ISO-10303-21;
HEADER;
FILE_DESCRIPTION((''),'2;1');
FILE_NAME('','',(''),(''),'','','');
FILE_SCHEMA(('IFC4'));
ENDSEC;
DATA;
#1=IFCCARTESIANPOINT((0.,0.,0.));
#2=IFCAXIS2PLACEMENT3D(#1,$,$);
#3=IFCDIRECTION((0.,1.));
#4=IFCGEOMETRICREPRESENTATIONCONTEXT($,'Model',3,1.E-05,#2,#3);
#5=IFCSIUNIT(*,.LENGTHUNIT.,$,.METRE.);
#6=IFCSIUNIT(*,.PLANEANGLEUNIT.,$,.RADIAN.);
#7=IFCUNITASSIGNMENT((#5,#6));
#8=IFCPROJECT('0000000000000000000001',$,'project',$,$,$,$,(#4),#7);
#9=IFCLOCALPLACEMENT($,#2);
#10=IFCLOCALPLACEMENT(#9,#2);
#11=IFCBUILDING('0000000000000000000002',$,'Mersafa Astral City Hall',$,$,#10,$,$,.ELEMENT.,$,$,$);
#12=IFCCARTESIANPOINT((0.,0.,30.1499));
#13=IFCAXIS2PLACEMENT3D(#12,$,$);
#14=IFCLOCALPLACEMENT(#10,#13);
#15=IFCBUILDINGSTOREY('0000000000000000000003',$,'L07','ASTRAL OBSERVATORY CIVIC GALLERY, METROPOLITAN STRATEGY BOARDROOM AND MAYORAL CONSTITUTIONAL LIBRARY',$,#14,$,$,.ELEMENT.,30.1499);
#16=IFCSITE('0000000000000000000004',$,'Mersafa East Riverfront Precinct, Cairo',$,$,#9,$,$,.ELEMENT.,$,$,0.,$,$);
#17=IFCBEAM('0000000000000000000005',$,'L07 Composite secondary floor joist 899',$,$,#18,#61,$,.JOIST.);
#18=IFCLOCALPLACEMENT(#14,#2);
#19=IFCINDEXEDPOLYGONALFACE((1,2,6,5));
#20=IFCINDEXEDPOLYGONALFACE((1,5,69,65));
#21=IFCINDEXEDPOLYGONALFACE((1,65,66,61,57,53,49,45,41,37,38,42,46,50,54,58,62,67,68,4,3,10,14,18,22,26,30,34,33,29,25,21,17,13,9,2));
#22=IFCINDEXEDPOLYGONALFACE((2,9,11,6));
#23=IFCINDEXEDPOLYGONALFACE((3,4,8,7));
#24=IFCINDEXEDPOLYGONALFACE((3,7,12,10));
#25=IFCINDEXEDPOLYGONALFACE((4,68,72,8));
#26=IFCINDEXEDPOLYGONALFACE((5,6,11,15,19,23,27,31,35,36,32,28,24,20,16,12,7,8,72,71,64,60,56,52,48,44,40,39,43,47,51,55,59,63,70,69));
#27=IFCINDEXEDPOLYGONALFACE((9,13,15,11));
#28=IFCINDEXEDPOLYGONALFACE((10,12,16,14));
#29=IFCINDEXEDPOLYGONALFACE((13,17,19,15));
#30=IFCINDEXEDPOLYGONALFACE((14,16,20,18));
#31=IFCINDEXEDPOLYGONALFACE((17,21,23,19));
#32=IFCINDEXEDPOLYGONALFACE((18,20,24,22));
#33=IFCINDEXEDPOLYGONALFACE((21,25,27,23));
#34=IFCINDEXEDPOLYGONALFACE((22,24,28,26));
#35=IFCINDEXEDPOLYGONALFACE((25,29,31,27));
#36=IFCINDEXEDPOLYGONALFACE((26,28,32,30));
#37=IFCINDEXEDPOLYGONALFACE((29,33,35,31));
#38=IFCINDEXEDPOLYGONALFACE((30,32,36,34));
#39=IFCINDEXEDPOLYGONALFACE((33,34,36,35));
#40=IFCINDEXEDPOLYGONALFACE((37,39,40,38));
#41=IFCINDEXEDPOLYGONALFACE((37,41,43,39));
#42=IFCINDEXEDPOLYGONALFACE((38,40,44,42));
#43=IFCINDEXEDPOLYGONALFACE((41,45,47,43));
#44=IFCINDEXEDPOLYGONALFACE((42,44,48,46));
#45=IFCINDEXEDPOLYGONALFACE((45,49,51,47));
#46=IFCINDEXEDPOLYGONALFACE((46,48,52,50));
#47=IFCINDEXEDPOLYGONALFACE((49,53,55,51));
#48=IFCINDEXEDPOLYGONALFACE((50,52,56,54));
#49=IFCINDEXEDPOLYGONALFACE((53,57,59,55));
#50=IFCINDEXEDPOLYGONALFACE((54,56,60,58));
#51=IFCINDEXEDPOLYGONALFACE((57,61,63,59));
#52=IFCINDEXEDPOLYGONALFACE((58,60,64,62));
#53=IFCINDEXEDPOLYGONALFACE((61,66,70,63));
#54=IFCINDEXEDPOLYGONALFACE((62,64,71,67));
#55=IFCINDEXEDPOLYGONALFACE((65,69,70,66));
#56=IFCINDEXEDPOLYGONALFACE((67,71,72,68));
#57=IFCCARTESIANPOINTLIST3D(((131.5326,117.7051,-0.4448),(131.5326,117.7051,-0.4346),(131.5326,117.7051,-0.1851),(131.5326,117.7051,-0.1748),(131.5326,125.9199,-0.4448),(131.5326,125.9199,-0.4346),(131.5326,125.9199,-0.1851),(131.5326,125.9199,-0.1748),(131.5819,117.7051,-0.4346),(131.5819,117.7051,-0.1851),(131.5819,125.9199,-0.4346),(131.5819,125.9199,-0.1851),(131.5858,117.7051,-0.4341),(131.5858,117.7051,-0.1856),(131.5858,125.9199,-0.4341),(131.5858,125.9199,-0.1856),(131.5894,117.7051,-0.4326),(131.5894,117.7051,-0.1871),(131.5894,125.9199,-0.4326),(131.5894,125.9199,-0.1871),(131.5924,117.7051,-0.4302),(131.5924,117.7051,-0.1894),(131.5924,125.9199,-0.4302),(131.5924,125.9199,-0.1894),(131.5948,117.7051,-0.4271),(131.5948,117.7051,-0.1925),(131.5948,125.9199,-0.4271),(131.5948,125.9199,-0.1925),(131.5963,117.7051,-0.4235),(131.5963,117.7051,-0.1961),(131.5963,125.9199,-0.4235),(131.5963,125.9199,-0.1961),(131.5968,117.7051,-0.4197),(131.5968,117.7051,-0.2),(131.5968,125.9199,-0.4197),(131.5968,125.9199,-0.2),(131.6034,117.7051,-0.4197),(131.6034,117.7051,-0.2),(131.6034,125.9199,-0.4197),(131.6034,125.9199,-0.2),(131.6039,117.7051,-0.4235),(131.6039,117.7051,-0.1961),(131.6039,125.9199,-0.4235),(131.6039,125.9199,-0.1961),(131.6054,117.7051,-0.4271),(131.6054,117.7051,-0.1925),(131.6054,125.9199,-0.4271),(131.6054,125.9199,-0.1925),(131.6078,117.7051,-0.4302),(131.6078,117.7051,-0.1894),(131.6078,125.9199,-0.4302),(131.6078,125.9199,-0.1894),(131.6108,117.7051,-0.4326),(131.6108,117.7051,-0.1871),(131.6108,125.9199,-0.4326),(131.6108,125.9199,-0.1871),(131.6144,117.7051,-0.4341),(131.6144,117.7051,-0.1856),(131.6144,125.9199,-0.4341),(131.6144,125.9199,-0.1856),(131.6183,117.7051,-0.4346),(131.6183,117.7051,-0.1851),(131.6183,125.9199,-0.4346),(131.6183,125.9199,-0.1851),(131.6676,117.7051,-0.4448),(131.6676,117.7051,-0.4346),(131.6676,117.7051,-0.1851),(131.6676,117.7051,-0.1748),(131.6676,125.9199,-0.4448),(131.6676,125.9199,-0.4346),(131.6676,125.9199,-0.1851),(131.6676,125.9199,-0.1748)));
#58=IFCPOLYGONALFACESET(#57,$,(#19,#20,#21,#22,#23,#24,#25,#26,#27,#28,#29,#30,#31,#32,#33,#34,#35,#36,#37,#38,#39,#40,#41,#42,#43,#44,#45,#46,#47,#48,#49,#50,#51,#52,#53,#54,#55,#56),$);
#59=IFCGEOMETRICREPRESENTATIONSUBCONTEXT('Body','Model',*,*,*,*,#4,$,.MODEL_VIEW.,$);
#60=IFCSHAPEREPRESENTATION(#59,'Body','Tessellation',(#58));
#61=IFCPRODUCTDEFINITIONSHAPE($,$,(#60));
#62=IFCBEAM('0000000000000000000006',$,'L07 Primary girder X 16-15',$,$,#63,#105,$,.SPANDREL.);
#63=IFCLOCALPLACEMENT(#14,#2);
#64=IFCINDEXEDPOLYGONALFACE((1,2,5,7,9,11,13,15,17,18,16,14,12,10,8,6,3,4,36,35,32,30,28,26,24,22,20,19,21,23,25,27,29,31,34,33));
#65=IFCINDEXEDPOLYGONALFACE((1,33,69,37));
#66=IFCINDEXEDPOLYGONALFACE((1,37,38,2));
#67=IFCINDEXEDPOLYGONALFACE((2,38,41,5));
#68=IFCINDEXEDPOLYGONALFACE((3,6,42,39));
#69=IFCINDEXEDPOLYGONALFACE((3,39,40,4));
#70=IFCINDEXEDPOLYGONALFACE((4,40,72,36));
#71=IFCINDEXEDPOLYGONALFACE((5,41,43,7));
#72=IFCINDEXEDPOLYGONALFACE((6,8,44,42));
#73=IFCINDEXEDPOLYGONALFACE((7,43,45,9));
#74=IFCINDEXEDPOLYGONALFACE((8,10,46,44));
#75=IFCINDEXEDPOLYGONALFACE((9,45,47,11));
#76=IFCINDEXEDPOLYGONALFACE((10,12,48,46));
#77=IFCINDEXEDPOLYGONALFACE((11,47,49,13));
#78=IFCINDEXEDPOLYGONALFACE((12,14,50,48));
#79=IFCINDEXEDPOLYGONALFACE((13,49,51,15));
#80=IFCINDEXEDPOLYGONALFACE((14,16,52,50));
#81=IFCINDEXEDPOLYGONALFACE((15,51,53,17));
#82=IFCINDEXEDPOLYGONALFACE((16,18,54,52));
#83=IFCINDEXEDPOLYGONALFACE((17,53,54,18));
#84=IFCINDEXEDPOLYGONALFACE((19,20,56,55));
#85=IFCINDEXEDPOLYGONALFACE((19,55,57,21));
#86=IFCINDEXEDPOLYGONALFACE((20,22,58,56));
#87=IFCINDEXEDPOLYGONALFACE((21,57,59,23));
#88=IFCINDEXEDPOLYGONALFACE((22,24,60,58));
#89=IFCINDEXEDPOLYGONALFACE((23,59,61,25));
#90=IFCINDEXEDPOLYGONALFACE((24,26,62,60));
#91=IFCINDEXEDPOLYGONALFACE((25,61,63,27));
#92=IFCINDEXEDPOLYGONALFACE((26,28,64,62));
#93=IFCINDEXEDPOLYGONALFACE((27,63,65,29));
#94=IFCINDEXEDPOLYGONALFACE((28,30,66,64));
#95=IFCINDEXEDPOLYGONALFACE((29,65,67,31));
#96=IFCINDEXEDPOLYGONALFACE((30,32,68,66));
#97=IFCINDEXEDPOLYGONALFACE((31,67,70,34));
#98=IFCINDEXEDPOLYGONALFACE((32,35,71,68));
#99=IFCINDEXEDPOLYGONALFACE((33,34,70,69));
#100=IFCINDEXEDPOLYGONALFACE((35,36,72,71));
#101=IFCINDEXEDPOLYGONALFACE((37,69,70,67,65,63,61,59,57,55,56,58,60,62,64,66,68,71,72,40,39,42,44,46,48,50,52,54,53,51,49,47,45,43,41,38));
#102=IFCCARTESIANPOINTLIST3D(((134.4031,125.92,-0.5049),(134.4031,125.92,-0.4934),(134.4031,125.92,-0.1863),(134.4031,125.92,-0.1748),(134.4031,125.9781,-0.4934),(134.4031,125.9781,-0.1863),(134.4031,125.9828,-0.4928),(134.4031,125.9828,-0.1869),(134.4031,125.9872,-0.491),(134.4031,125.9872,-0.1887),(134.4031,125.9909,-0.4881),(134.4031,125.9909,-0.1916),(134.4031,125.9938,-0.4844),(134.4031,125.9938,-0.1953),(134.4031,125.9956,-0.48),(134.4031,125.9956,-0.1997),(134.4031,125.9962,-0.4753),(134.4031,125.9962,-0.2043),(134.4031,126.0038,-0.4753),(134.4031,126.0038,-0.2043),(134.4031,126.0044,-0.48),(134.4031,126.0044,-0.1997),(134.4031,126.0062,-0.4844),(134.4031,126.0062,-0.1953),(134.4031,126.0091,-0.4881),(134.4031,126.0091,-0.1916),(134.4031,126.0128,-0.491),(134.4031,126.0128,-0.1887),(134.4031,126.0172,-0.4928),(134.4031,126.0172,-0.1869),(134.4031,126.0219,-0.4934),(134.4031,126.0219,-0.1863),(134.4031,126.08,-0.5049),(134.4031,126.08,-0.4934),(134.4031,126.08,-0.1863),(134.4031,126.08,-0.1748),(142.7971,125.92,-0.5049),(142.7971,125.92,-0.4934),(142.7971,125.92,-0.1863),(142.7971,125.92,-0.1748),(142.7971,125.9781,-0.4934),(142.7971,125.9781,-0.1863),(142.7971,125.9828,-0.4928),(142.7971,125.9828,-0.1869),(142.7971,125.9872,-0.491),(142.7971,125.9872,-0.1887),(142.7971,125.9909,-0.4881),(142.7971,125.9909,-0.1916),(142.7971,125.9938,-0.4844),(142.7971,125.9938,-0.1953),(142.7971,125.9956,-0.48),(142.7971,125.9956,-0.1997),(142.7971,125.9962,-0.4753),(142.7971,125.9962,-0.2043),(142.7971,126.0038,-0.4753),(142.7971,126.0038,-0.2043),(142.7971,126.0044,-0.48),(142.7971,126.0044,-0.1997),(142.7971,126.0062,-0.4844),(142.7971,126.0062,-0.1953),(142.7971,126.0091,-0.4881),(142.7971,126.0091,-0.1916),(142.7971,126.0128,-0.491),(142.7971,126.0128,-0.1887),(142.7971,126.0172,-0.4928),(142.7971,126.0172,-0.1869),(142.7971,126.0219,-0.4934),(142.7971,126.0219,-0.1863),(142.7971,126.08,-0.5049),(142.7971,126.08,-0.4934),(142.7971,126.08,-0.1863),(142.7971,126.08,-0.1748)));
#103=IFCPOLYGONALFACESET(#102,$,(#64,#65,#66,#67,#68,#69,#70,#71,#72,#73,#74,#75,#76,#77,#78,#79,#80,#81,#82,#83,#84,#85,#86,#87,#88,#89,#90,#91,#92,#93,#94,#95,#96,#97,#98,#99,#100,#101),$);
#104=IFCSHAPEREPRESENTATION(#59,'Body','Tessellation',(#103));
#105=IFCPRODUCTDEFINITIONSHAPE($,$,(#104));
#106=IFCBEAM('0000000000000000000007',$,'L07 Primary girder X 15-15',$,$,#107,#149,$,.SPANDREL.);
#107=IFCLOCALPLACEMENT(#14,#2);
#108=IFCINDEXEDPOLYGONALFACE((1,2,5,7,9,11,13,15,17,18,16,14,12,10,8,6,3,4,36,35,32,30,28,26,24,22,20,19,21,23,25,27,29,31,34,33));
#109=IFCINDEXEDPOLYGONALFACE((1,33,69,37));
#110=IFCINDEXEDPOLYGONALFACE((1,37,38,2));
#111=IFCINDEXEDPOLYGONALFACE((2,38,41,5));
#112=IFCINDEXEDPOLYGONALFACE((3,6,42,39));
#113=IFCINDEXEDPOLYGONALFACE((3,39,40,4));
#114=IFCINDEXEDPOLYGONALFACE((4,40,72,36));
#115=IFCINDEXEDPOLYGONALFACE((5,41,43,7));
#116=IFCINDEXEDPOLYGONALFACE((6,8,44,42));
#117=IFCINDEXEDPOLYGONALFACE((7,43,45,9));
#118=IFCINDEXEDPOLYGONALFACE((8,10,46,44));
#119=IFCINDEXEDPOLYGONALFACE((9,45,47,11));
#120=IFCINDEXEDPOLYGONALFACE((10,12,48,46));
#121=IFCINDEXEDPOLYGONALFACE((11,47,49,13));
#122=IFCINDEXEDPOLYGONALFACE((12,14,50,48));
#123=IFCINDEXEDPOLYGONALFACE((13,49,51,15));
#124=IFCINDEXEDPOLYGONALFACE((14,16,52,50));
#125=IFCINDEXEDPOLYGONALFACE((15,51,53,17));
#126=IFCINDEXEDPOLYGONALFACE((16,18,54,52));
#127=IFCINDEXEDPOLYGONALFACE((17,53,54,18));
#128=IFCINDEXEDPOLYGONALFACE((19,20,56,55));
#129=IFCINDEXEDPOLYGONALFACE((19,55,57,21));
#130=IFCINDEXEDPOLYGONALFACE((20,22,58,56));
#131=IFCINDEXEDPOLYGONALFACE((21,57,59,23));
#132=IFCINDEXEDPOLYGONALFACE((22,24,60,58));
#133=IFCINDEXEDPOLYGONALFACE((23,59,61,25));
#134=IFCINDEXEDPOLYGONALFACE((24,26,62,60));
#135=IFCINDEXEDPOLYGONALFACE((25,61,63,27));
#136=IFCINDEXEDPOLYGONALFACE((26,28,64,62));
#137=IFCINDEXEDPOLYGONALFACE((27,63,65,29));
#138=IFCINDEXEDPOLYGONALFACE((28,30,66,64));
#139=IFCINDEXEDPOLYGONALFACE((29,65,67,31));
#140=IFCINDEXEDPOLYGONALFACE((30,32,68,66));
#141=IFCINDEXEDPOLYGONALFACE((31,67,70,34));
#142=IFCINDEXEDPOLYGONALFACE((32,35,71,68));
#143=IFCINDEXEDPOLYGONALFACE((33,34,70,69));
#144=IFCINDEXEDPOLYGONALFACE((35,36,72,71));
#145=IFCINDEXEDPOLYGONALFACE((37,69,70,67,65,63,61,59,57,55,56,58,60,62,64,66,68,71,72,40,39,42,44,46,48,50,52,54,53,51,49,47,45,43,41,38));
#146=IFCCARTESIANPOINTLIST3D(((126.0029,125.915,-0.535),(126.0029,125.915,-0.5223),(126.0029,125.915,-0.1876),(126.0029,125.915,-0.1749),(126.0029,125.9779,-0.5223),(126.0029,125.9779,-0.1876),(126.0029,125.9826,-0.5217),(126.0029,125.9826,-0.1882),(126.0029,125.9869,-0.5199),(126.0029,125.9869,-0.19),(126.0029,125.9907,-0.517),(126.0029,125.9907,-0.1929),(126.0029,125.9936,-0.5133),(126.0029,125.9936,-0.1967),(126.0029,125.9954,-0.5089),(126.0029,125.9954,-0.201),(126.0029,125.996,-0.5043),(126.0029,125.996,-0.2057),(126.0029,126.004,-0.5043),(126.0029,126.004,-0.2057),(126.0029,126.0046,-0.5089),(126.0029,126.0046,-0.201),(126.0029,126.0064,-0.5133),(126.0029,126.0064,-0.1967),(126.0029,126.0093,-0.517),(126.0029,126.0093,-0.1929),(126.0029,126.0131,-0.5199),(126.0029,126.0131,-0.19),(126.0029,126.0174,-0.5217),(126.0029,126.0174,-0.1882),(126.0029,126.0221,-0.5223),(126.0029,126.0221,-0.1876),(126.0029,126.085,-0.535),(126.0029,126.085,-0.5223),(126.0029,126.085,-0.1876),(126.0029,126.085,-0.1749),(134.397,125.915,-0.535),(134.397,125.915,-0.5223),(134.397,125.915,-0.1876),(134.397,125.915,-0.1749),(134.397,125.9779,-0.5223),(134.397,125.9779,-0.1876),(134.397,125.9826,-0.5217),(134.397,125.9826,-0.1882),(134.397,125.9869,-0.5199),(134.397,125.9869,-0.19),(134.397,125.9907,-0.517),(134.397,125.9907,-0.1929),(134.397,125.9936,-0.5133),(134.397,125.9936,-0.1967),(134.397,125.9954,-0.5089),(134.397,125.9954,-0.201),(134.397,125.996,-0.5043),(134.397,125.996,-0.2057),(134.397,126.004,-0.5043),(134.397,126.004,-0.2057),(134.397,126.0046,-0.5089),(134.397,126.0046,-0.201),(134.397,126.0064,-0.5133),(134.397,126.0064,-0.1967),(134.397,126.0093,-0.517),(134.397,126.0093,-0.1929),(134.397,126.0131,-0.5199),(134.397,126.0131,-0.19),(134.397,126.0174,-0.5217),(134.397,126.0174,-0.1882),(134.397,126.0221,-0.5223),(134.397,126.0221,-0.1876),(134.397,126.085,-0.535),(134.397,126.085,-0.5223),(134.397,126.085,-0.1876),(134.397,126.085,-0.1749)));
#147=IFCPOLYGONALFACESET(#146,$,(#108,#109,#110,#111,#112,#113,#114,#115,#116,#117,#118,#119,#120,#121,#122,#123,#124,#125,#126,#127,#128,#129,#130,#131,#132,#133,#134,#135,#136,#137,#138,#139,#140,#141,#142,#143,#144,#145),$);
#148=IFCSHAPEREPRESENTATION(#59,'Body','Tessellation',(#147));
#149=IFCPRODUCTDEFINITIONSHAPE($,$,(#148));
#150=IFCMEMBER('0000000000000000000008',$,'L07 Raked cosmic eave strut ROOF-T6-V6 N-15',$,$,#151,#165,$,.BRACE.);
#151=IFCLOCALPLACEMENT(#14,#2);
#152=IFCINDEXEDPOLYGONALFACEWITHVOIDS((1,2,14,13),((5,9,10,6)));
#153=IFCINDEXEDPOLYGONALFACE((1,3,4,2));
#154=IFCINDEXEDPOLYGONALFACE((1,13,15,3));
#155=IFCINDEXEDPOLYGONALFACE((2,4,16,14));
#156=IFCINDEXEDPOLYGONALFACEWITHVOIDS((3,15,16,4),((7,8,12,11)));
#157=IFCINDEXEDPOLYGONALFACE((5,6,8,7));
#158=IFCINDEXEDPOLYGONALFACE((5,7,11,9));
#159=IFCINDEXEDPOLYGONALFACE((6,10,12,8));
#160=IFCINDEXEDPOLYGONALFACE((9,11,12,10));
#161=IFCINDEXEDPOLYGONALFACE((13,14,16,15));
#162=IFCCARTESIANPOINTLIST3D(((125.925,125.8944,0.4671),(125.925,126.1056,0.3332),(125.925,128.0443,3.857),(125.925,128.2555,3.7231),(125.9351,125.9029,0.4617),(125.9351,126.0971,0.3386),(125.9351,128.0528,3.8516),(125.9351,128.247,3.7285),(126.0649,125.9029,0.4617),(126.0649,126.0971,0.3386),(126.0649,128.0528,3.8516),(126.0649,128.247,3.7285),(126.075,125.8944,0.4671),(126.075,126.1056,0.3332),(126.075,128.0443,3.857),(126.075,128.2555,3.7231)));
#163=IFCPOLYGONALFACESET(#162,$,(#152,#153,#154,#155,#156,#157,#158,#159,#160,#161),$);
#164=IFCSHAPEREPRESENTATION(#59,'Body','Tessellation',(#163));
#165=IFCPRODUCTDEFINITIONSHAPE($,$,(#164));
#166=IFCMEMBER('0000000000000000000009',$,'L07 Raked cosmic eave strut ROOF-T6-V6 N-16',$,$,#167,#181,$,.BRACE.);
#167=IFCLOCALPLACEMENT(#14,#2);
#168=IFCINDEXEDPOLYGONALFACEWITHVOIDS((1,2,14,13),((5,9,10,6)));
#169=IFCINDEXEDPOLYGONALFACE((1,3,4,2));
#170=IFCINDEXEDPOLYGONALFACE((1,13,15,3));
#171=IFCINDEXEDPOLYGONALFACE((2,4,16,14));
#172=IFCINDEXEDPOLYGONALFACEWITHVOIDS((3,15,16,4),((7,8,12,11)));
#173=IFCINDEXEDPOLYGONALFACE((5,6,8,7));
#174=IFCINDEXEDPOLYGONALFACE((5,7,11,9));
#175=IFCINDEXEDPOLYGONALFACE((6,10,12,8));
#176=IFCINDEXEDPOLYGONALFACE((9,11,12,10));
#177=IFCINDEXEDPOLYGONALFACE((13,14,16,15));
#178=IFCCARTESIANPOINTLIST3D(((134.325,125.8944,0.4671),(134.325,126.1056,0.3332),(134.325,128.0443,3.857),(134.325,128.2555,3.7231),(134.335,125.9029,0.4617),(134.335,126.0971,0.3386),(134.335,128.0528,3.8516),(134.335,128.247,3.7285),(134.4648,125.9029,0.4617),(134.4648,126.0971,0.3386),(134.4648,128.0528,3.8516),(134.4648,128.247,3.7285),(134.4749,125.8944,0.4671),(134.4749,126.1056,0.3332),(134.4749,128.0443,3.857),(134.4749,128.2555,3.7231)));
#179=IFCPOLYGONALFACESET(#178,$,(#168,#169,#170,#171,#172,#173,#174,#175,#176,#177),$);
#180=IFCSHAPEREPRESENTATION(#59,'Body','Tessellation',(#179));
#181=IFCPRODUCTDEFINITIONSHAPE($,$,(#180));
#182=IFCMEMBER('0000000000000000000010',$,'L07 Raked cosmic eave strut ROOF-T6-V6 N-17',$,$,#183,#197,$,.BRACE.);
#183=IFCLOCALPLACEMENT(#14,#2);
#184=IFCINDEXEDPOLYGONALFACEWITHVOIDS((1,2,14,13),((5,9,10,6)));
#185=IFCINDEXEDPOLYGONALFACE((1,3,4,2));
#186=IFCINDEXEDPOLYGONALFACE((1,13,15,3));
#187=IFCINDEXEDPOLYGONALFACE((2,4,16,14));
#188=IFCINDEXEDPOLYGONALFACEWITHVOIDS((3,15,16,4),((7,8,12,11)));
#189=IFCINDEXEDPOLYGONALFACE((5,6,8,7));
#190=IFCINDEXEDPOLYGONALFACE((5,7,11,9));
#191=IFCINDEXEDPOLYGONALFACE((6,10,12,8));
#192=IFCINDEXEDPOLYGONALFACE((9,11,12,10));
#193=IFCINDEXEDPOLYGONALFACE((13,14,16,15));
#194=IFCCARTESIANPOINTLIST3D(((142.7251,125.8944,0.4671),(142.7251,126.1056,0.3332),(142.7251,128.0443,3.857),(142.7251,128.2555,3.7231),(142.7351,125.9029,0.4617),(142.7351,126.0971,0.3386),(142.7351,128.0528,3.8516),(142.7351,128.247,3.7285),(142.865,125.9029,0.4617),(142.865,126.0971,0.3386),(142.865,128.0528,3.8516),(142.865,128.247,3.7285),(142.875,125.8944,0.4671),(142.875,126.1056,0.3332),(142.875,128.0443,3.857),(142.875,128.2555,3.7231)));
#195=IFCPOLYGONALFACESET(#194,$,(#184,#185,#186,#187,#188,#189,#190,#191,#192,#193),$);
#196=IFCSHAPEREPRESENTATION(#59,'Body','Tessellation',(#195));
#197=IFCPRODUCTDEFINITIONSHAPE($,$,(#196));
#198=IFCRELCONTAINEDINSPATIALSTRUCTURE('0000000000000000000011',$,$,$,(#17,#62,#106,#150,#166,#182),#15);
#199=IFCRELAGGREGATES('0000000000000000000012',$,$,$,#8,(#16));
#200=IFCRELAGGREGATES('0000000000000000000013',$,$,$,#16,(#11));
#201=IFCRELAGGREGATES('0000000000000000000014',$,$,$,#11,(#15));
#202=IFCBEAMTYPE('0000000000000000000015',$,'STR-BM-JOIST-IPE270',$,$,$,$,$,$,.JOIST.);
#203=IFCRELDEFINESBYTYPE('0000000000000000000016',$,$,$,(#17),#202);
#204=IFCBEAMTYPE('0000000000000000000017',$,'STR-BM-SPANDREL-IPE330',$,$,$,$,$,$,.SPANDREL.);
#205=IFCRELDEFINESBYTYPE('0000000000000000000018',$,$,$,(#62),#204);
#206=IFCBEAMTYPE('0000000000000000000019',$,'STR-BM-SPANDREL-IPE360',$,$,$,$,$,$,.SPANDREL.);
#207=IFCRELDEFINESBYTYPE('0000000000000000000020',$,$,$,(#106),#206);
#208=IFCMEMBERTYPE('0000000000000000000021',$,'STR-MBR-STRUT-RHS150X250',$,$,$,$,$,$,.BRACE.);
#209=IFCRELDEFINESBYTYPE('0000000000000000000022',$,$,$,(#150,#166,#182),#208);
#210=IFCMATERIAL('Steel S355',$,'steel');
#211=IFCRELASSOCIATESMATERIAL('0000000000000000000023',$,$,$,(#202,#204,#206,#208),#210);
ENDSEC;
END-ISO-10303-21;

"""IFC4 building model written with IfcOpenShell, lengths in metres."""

from ifc_helpers import new_model, si_unit, direction, frame, origin, origin_2d, place, context, subcontext, project, spatial, hollow_rectangle, i_section, extrude, material, material_profile, profile_set, type_object, element, save


model = new_model("IFC4")

# Units and contexts
model_context = context("Model", 3, precision=1e-05, world=origin(), true_north=direction((0.0, 1.0)))
body_context = subcontext(model_context, "Body", "Model", "MODEL_VIEW")
ifc_project = project(units=[si_unit("LENGTHUNIT", "METRE"), si_unit("PLANEANGLEUNIT", "RADIAN")], contexts=[model_context])

# Site, building, storey
site_placement = place(None, origin())
site = spatial("IfcSite", under=ifc_project, at=site_placement, Name="Mersafa East Riverfront Precinct, Cairo", CompositionType="ELEMENT", RefElevation=0.0)
building_placement = place(site_placement, origin())
building = spatial("IfcBuilding", under=site, at=building_placement, Name="Mersafa Astral City Hall", CompositionType="ELEMENT")
storey_placement = place(building_placement, frame((0.0, 0.0, 30.1499)))
storey = spatial("IfcBuildingStorey", under=building, at=storey_placement, Name="L07", Description="ASTRAL OBSERVATORY CIVIC GALLERY, METROPOLITAN STRATEGY BOARDROOM AND MAYORAL CONSTITUTIONAL LIBRARY", CompositionType="ELEMENT", Elevation=30.1499)

# Shared definitions
ifc_material_1 = material(Name="Steel S355", Category="steel")

# Beams
ifc_material_profile_1 = material_profile(ifc_material_1, i_section(OverallWidth=0.135, OverallDepth=0.27, WebThickness=0.0066, FlangeThickness=0.0103, FilletRadius=0.0149, at=origin_2d()), Name="IPE 270")
ifc_profile_set_1 = profile_set([ifc_material_profile_1], Name="Steel S355")
beam_type_1 = type_object("IfcBeamType", Name="STR-BM-JOIST-IPE270", PredefinedType="JOIST", material=ifc_profile_set_1)
beam_1_placement = place(storey_placement, frame((131.6001, 117.7051, -0.3098), z_axis=(0.0, 1.0, 0.0), x_axis=(-1.0, 0.0, 0.0)))
element("IfcBeam", 1, at=beam_1_placement, inside=storey, type_object=beam_type_1, Name="L07 Composite secondary floor joist 899", PredefinedType="JOIST", context=body_context, shape_type="SweptSolid", body=[
    extrude(i_section(OverallWidth=0.135, OverallDepth=0.27, WebThickness=0.0066, FlangeThickness=0.0103, FilletRadius=0.0149, at=origin_2d()), origin(), (0.0, 0.0, 1.0), 8.2148),
])
ifc_material_profile_2 = material_profile(ifc_material_1, i_section(OverallWidth=0.1599, OverallDepth=0.3301, WebThickness=0.0076, FlangeThickness=0.0115, FilletRadius=0.0181, at=origin_2d()), Name="IPE 330")
ifc_profile_set_2 = profile_set([ifc_material_profile_2], Name="Steel S355")
beam_type_2 = type_object("IfcBeamType", Name="STR-BM-SPANDREL-IPE330", PredefinedType="SPANDREL", material=ifc_profile_set_2)
beam_2_placement = place(storey_placement, frame((134.4031, 126.0, -0.3398), z_axis=(1.0, 0.0, 0.0), x_axis=(0.0, 1.0, 0.0)))
element("IfcBeam", 2, at=beam_2_placement, inside=storey, type_object=beam_type_2, Name="L07 Primary girder X 16-15", PredefinedType="SPANDREL", context=body_context, shape_type="SweptSolid", body=[
    extrude(i_section(OverallWidth=0.1599, OverallDepth=0.3301, WebThickness=0.0076, FlangeThickness=0.0115, FilletRadius=0.0181, at=origin_2d()), origin(), (0.0, 0.0, 1.0), 8.394),
])
ifc_material_profile_3 = material_profile(ifc_material_1, i_section(OverallWidth=0.1699, OverallDepth=0.3601, WebThickness=0.0081, FlangeThickness=0.0127, FilletRadius=0.0181, at=origin_2d()), Name="IPE 360")
ifc_profile_set_3 = profile_set([ifc_material_profile_3], Name="Steel S355")
beam_type_3 = type_object("IfcBeamType", Name="STR-BM-SPANDREL-IPE360", PredefinedType="SPANDREL", material=ifc_profile_set_3)
beam_3_placement = place(storey_placement, frame((126.0029, 126.0, -0.355), z_axis=(1.0, 0.0, 0.0), x_axis=(0.0, 1.0, 0.0)))
element("IfcBeam", 3, at=beam_3_placement, inside=storey, type_object=beam_type_3, Name="L07 Primary girder X 15-15", PredefinedType="SPANDREL", context=body_context, shape_type="SweptSolid", body=[
    extrude(i_section(OverallWidth=0.1699, OverallDepth=0.3601, WebThickness=0.0081, FlangeThickness=0.0127, FilletRadius=0.0181, at=origin_2d()), origin(), (0.0, 0.0, 1.0), 8.394),
])

# Members
ifc_material_profile_4 = material_profile(ifc_material_1, hollow_rectangle(XDim=0.1499, YDim=0.25, WallThickness=0.01, at=origin_2d()), Name="RHS 150x250x10")
ifc_profile_set_4 = profile_set([ifc_material_profile_4], Name="Steel S355")
member_type_1 = type_object("IfcMemberType", Name="STR-MBR-STRUT-RHS150X250", PredefinedType="BRACE", material=ifc_profile_set_4)
for number, where, z_axis, x_axis, name in (
    (4, (126.0, 126.0, 0.4001), (0.0, 0.53558, 0.844484), (-1.0, 0.0, 0.0), "L07 Raked cosmic eave strut ROOF-T6-V6 N-15"),
    (5, (134.3999, 126.0, 0.4001), (0.0, 0.53558, 0.844484), (-1.0, 0.0, 0.0), "L07 Raked cosmic eave strut ROOF-T6-V6 N-16"),
    (6, (142.8, 126.0, 0.4001), (0.0, 0.53558, 0.844484), (-1.0, 0.0, 0.0), "L07 Raked cosmic eave strut ROOF-T6-V6 N-17"),
):
    element("IfcMember", number, at=place(storey_placement, frame(where, z_axis=z_axis, x_axis=x_axis)), inside=storey, type_object=member_type_1, Name=name, PredefinedType="BRACE", context=body_context, shape_type="SweptSolid", body=[
        extrude(hollow_rectangle(XDim=0.1499, YDim=0.25, WallThickness=0.01, at=origin_2d()), origin(), (0.0, 0.0, 1.0), 4.0142),
    ])

save(model, "model.ifc")
